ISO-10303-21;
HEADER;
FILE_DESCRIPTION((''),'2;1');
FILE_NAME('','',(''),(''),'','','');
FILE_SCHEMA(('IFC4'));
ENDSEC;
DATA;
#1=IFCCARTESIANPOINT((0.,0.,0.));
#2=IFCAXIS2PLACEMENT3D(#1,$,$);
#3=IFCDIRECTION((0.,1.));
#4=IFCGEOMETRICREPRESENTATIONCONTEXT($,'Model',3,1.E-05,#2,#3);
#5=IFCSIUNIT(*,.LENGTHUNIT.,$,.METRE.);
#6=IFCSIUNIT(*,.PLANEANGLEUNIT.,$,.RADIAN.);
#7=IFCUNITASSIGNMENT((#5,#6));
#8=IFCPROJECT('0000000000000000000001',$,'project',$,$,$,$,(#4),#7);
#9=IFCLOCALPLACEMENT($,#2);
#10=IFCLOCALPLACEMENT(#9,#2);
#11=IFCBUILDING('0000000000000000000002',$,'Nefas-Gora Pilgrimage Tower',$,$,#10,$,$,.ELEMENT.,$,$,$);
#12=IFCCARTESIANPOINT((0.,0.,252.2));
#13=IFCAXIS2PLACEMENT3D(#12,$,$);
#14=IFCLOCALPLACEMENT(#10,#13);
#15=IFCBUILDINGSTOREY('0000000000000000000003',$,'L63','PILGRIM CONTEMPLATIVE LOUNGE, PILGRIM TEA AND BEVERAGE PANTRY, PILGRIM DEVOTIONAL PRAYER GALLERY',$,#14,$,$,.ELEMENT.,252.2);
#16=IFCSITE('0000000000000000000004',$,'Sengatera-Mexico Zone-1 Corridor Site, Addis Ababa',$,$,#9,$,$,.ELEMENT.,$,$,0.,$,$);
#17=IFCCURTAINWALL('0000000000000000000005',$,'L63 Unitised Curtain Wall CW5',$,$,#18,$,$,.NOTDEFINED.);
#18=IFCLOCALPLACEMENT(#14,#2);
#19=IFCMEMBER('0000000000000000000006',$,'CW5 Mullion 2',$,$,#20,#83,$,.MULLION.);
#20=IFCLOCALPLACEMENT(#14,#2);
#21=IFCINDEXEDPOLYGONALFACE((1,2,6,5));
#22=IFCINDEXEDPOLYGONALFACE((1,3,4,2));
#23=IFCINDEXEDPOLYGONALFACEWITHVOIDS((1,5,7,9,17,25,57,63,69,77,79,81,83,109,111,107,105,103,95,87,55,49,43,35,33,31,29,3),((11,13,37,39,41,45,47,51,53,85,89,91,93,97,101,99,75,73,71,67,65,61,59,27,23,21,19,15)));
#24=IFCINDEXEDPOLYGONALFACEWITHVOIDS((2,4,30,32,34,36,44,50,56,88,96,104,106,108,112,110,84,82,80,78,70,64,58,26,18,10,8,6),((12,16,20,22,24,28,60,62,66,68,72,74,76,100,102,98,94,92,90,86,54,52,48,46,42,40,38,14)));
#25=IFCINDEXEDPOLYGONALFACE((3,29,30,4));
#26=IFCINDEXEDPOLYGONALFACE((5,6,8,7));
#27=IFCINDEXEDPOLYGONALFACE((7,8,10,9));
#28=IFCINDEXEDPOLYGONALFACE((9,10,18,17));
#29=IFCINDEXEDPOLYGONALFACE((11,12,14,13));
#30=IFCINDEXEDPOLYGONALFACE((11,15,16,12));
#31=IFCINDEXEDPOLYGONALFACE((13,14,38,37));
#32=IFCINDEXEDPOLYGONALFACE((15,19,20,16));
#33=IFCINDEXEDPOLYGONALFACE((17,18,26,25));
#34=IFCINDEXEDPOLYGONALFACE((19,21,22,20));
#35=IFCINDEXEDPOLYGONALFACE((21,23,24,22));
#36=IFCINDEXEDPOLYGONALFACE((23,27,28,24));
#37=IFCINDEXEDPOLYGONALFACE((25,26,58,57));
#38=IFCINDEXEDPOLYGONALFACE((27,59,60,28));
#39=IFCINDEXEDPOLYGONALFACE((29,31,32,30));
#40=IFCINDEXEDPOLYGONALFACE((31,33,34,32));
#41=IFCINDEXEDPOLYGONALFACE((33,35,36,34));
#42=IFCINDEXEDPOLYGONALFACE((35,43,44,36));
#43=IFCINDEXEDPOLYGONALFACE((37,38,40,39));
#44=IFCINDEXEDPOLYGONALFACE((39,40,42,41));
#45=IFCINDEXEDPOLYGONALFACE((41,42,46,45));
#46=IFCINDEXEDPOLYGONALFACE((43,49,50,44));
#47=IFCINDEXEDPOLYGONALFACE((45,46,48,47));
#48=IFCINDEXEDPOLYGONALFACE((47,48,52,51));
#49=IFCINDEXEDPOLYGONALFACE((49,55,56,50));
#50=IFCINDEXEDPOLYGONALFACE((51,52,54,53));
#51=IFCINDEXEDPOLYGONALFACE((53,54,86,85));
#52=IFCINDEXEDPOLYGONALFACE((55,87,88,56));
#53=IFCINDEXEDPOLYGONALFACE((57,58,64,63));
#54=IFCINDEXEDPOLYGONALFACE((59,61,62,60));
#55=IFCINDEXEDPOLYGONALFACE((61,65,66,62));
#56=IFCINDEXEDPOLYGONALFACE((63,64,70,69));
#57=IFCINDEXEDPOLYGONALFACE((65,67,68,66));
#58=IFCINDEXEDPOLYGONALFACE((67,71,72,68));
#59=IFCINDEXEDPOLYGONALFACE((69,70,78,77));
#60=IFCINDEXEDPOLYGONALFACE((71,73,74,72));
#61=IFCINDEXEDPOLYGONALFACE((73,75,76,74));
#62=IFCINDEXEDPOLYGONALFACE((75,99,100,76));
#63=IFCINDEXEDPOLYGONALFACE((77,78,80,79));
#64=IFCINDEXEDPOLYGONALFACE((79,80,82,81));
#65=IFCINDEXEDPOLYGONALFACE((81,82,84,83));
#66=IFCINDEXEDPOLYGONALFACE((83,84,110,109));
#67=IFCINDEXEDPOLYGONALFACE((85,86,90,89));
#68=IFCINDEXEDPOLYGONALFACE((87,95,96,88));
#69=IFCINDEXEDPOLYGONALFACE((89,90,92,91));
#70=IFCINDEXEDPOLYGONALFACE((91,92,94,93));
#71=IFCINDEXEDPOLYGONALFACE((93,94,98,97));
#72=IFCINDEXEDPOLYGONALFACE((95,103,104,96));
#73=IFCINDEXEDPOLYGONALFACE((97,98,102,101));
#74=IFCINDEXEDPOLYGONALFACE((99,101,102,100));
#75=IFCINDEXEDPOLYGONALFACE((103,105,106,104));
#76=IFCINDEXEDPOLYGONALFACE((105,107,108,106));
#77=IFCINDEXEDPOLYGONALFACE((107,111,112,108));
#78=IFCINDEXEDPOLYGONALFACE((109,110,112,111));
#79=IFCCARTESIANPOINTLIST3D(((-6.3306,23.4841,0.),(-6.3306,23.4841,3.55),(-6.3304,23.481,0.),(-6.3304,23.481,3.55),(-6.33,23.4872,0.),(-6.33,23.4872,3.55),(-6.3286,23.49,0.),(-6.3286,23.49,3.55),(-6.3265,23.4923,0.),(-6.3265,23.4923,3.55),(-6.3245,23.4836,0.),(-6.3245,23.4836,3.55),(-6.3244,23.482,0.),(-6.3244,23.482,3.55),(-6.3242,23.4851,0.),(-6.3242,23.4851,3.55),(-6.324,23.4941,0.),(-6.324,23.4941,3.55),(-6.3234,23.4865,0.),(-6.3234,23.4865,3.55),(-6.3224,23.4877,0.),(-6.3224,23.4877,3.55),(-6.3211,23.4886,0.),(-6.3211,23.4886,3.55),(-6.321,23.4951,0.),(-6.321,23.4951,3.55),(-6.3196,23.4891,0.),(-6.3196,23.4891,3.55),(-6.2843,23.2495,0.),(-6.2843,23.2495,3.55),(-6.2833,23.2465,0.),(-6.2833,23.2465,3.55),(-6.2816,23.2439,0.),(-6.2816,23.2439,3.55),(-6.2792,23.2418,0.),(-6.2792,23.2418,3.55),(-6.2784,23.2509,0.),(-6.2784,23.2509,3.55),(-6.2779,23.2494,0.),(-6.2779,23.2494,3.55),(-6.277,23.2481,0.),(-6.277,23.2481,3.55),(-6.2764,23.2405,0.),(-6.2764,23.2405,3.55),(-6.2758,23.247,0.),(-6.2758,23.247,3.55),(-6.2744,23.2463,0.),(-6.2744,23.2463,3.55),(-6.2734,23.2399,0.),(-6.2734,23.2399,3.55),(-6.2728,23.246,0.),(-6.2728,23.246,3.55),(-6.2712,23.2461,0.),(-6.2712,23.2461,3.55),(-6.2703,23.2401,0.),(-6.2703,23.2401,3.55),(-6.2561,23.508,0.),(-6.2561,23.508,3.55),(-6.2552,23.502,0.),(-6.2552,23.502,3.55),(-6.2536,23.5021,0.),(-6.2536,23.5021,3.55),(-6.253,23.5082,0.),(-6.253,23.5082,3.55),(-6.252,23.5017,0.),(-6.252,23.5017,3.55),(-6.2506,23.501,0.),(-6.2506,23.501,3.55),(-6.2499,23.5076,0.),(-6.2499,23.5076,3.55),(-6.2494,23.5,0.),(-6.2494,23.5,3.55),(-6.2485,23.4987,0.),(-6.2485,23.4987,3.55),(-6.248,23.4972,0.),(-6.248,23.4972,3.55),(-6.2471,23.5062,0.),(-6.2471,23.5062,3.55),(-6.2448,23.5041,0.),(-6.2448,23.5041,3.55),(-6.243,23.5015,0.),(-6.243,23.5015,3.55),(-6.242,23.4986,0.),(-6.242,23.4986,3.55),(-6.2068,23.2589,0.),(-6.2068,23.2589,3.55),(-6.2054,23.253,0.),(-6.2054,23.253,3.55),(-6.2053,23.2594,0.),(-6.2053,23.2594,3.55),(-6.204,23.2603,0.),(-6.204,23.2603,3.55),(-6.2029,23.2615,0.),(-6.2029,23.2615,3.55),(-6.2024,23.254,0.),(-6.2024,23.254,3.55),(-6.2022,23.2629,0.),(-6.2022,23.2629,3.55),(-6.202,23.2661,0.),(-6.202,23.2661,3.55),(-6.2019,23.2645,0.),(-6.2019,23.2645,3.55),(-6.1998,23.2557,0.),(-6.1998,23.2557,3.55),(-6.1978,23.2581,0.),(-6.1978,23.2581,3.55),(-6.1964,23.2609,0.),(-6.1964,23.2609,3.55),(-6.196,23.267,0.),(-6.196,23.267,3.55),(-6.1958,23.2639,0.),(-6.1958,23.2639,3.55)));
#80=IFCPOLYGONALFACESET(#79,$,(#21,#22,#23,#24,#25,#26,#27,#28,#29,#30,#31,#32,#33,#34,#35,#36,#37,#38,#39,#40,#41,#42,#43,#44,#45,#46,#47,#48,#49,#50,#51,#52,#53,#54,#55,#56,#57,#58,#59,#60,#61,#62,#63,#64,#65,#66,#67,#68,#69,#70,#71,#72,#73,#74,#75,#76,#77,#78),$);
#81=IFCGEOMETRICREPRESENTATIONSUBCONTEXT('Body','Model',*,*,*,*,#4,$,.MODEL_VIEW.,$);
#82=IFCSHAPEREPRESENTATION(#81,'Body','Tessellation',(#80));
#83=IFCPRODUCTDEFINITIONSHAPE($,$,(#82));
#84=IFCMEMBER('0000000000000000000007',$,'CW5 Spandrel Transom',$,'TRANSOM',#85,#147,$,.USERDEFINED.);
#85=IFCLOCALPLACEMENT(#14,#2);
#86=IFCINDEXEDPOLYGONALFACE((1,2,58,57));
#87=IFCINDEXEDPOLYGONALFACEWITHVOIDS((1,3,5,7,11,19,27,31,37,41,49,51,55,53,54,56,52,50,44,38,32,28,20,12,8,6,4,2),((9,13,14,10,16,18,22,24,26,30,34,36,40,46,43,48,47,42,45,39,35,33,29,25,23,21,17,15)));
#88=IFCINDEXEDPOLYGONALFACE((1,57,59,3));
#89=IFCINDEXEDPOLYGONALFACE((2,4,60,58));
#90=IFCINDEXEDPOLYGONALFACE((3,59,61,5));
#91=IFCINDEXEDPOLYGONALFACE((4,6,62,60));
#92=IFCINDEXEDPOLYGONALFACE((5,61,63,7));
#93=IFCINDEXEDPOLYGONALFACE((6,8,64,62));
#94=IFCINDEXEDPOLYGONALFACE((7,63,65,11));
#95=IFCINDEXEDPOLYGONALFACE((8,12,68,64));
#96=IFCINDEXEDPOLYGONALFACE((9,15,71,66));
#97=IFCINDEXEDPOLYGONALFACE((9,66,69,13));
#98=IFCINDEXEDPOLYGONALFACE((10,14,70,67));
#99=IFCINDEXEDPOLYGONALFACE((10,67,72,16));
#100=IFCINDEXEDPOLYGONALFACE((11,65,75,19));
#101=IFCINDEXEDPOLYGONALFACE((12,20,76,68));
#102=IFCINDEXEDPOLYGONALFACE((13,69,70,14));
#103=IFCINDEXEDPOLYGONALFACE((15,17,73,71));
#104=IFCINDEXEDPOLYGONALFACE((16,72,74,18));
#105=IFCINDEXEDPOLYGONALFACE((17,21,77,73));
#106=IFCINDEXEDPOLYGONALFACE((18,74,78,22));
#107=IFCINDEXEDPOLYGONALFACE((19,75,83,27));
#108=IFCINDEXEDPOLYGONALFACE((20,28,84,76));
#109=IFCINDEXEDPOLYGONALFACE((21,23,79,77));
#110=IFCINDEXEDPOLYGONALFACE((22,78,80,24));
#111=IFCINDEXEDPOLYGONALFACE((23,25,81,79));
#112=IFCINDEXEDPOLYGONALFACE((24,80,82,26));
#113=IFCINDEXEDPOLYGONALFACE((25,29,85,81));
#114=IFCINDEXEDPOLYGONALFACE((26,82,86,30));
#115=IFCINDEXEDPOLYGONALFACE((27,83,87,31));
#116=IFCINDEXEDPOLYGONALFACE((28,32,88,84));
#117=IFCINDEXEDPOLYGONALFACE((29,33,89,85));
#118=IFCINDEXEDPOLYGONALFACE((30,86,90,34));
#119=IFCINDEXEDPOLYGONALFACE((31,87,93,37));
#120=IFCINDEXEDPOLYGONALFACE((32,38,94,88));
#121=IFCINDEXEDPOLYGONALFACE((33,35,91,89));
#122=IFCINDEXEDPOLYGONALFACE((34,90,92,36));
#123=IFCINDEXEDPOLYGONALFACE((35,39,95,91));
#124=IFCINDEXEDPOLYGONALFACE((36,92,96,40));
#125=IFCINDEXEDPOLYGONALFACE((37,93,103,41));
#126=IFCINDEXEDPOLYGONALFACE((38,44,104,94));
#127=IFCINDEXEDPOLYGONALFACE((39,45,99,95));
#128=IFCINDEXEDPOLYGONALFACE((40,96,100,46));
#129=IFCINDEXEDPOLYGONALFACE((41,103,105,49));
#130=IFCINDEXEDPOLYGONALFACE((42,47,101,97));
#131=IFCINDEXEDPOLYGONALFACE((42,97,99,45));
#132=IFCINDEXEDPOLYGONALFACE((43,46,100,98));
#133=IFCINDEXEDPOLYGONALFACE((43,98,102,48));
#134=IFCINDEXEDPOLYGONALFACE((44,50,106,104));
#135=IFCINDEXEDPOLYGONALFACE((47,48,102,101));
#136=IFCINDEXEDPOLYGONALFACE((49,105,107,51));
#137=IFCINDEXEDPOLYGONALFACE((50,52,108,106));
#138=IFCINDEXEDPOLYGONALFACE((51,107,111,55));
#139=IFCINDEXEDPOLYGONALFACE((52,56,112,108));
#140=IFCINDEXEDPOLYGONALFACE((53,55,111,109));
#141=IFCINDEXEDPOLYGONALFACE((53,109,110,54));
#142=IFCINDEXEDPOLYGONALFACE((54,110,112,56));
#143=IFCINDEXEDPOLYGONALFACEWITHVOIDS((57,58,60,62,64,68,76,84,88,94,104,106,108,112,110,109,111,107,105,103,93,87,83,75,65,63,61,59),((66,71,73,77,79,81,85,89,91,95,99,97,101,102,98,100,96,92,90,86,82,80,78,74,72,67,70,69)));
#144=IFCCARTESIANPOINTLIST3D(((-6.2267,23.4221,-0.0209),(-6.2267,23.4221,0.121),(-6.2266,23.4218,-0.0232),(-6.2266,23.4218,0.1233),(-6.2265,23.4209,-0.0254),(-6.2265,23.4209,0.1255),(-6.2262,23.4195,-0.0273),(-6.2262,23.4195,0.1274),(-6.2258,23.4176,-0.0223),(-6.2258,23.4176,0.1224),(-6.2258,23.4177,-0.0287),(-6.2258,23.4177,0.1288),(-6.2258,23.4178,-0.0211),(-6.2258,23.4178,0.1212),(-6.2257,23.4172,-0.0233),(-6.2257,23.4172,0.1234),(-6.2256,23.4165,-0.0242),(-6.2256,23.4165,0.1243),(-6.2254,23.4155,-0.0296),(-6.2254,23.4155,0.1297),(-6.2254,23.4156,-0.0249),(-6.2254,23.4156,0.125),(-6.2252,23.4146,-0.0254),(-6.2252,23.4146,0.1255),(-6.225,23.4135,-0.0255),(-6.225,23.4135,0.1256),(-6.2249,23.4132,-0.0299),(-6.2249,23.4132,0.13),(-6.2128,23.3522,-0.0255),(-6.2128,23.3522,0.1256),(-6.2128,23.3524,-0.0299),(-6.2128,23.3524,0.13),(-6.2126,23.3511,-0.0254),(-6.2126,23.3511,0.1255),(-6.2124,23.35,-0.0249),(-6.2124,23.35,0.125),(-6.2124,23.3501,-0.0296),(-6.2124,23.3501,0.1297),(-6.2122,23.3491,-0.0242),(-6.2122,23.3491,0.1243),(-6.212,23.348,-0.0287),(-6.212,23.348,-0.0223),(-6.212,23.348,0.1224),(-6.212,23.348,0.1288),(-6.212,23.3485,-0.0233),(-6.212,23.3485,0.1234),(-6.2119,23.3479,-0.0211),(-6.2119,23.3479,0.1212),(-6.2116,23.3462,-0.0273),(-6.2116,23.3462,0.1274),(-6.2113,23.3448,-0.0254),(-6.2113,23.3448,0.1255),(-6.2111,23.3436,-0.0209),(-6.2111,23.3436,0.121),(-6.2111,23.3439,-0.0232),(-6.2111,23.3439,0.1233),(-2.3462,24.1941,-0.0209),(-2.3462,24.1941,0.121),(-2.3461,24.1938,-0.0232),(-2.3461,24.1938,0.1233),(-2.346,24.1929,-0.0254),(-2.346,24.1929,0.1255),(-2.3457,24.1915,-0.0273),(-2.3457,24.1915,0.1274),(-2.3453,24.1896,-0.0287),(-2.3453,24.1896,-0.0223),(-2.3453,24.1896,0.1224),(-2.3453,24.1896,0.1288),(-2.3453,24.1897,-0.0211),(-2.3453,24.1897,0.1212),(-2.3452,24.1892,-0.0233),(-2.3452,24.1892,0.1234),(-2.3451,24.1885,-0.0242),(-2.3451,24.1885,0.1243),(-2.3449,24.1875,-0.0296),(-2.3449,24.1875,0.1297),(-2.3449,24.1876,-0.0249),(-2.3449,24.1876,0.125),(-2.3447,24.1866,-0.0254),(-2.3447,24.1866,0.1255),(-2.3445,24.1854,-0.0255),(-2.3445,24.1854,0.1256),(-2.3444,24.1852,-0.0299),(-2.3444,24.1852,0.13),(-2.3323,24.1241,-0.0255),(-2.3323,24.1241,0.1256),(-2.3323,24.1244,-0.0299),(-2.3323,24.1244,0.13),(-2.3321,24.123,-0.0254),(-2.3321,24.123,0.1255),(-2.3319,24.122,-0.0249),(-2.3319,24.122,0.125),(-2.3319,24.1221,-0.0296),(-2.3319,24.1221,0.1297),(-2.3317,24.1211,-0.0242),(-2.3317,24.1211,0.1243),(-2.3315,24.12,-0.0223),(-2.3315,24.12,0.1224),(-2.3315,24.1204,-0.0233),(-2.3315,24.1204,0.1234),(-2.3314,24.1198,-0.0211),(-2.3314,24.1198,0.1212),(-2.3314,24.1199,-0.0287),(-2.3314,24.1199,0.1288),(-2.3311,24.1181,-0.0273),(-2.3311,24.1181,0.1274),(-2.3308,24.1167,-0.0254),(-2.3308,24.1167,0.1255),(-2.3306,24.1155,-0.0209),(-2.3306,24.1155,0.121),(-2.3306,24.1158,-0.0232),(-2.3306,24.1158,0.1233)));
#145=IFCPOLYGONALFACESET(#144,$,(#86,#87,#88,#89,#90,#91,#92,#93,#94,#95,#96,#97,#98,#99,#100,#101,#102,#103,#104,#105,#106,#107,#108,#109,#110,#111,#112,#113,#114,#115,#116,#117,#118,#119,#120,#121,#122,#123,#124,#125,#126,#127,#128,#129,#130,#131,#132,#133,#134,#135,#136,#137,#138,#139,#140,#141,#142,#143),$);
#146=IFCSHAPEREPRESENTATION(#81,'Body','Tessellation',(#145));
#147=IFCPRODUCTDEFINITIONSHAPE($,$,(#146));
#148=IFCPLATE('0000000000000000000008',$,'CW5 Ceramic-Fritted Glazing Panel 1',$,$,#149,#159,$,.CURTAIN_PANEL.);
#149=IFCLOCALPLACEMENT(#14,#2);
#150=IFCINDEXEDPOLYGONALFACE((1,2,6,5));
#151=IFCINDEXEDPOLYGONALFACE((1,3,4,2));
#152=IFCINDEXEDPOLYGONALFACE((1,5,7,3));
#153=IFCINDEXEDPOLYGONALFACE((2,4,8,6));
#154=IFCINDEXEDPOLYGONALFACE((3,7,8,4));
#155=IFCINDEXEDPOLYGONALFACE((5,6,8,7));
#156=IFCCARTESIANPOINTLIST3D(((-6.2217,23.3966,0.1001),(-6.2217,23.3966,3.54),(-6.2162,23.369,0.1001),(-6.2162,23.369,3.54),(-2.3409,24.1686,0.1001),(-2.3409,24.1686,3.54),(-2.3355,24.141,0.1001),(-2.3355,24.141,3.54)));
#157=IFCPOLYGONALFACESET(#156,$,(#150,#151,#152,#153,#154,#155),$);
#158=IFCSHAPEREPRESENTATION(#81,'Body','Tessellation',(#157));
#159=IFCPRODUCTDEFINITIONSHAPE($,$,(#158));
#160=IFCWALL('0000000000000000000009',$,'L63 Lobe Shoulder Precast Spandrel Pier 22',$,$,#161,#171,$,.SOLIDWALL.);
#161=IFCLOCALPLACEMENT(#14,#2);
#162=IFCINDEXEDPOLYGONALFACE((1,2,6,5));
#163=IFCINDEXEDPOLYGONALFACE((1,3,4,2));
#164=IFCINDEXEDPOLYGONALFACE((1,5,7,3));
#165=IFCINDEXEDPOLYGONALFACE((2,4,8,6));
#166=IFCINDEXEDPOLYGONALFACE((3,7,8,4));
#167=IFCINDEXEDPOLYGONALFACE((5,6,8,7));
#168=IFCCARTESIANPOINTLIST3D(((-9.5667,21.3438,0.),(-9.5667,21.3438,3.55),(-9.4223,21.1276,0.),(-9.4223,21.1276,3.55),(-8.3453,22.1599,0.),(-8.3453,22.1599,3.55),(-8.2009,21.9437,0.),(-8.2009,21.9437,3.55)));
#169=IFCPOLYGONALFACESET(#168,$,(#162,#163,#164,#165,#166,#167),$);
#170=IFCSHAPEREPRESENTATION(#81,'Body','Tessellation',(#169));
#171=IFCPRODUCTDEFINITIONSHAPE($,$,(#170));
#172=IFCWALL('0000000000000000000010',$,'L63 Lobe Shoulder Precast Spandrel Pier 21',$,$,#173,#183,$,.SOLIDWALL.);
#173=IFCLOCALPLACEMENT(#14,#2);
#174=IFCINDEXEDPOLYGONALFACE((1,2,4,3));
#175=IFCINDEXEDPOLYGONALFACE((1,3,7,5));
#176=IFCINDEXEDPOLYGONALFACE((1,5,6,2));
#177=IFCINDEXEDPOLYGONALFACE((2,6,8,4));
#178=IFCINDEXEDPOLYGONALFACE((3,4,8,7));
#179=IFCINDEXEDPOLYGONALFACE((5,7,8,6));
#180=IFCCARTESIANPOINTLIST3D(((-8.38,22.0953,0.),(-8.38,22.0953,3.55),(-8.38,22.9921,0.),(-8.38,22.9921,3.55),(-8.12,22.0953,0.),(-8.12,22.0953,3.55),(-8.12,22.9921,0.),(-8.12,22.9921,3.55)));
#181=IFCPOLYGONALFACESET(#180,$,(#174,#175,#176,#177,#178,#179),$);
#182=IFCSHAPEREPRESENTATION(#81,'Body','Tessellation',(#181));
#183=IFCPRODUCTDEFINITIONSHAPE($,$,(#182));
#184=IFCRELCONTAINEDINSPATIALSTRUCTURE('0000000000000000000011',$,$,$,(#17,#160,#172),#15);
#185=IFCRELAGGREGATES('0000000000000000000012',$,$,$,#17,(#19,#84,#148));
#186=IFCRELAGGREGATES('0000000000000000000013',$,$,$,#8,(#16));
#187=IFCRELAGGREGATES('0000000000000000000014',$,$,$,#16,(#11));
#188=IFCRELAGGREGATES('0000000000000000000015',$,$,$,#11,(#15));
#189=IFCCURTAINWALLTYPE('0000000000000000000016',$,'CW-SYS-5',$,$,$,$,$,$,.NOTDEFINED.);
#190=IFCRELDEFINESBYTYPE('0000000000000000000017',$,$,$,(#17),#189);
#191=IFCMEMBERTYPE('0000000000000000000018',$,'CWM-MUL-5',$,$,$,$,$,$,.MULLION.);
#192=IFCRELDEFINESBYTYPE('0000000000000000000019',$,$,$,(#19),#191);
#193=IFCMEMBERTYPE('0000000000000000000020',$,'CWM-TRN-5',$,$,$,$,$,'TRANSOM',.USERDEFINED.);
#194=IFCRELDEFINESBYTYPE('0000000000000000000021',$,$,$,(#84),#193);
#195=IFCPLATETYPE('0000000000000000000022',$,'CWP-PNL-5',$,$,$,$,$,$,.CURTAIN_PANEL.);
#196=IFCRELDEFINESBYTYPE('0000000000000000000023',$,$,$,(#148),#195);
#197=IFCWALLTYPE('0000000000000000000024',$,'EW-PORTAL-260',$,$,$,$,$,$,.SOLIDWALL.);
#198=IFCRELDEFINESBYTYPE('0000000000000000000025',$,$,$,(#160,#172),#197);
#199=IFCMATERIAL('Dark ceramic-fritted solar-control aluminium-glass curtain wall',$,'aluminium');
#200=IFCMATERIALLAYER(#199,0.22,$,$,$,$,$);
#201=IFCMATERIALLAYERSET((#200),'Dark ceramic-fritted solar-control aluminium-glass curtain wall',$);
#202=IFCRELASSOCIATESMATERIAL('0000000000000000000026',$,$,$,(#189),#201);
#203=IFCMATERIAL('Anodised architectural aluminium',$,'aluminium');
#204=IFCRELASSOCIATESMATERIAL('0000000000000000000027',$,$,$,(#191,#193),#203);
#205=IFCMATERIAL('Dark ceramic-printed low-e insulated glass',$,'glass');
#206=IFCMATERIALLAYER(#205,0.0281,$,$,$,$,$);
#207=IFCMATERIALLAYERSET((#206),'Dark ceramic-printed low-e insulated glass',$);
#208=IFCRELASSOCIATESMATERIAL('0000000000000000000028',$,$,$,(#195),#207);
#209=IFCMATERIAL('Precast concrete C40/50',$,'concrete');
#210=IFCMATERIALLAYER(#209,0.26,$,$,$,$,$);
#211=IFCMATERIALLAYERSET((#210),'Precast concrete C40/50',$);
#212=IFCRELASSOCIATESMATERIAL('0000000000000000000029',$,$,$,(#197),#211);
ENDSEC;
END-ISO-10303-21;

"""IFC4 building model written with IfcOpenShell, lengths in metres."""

from ifc_helpers import new_model, si_unit, direction, frame, frame_2d, origin, origin_2d, place, context, subcontext, project, spatial, rectangle, hollow_rectangle, extrude, source, transform, mapped, material, layer, layer_set, material_profile, profile_set, type_object, element, aggregate, save


model = new_model("IFC4")

# Units and contexts
model_context = context("Model", 3, precision=1e-05, world=origin(), true_north=direction((0.0, 1.0)))
body_context = subcontext(model_context, "Body", "Model", "MODEL_VIEW")
ifc_project = project(units=[si_unit("LENGTHUNIT", "METRE"), si_unit("PLANEANGLEUNIT", "RADIAN")], contexts=[model_context])

# Site, building, storey
site_placement = place(None, origin())
site = spatial("IfcSite", under=ifc_project, at=site_placement, Name="Sengatera-Mexico Zone-1 Corridor Site, Addis Ababa", CompositionType="ELEMENT", RefElevation=0.0)
building_placement = place(site_placement, origin())
building = spatial("IfcBuilding", under=site, at=building_placement, Name="Nefas-Gora Pilgrimage Tower", CompositionType="ELEMENT")
storey_placement = place(building_placement, frame((0.0, 0.0, 252.2)))
storey = spatial("IfcBuildingStorey", under=building, at=storey_placement, Name="L63", Description="PILGRIM CONTEMPLATIVE LOUNGE, PILGRIM TEA AND BEVERAGE PANTRY, PILGRIM DEVOTIONAL PRAYER GALLERY", CompositionType="ELEMENT", Elevation=252.2)

# Shared definitions
ifc_material_1 = material(Name="Dark ceramic-fritted solar-control aluminium-glass curtain wall", Category="aluminium")
ifc_layer_1 = layer(ifc_material_1, 0.22)
ifc_layer_set_1 = layer_set([ifc_layer_1], Name="Dark ceramic-fritted solar-control aluminium-glass curtain wall")
curtain_wall_type = type_object("IfcCurtainWallType", Name="CW-SYS-5", PredefinedType="NOTDEFINED", material=ifc_layer_set_1)
ifc_material_2 = material(Name="Anodised architectural aluminium", Category="aluminium")
ifc_material_profile_1 = material_profile(ifc_material_2, hollow_rectangle(XDim=0.0901, YDim=0.26, WallThickness=0.0061, InnerFilletRadius=0.0061, OuterFilletRadius=0.012, at=origin_2d()), Name="ALU MULLION 90x260")
ifc_profile_set_1 = profile_set([ifc_material_profile_1], Name="Anodised architectural aluminium")
member_type_1 = type_object("IfcMemberType", Name="CWM-MUL-5", PredefinedType="MULLION", material=ifc_profile_set_1)
shared_shape_1 = source(origin(), body_context, "Body", "SweptSolid", [
    extrude(hollow_rectangle(XDim=0.0901, YDim=0.26, WallThickness=0.0061, InnerFilletRadius=0.0061, OuterFilletRadius=0.012, at=origin_2d()), origin(), (0.0, 0.0, 1.0), 3.55),
])

# Curtain wall, members, plate
curtain_wall_1_placement = place(storey_placement, origin())
curtain_wall_1 = element("IfcCurtainWall", 1, at=curtain_wall_1_placement, inside=storey, type_object=curtain_wall_type, Name="L63 Unitised Curtain Wall CW5", PredefinedType="NOTDEFINED")
member_1_placement = place(storey_placement, frame((-6.2632, 23.374, 0.0), z_axis=(0.0, 0.0, 1.0), x_axis=(-0.980783, -0.195102, 0.0)))
member_1 = element("IfcMember", 2, at=member_1_placement, type_object=member_type_1, Name="CW5 Mullion 2", PredefinedType="MULLION", context=body_context, shape_type="MappedRepresentation", body=[
    mapped(shared_shape_1, transform((0.0, 0.0, 0.0), x_axis=(1.0, 0.0, 0.0), y_axis=(0.0, 1.0, 0.0), z_axis=(0.0, 0.0, 1.0), scale=1.0)),
])
ifc_material_profile_2 = material_profile(ifc_material_2, hollow_rectangle(XDim=0.0801, YDim=0.1599, WallThickness=0.0044, InnerFilletRadius=0.0044, OuterFilletRadius=0.009, at=origin_2d()), Name="ALU TRANSOM 80x160")
ifc_profile_set_2 = profile_set([ifc_material_profile_2], Name="Anodised architectural aluminium")
member_type_2 = type_object("IfcMemberType", Name="CWM-TRN-5", ElementType="TRANSOM", PredefinedType="USERDEFINED", material=ifc_profile_set_2)
shared_shape_2 = source(origin(), body_context, "Body", "SweptSolid", [
    extrude(hollow_rectangle(XDim=0.0801, YDim=0.1599, WallThickness=0.0044, InnerFilletRadius=0.0044, OuterFilletRadius=0.009, at=origin_2d()), origin(), (0.0, 0.0, 1.0), 3.9565),
])
member_2_placement = place(storey_placement, frame((-2.3384, 24.1548, 0.05), z_axis=(-0.980782, -0.195107, 0.0), x_axis=(0.195107, -0.980782, 0.0)))
member_2 = element("IfcMember", 3, at=member_2_placement, type_object=member_type_2, Name="CW5 Spandrel Transom", ObjectType="TRANSOM", PredefinedType="USERDEFINED", context=body_context, shape_type="MappedRepresentation", body=[
    mapped(shared_shape_2, transform((0.0, 0.0, 0.0), x_axis=(1.0, 0.0, 0.0), y_axis=(0.0, 1.0, 0.0), z_axis=(0.0, 0.0, 1.0), scale=1.0)),
])
ifc_material_3 = material(Name="Dark ceramic-printed low-e insulated glass", Category="glass")
ifc_layer_2 = layer(ifc_material_3, 0.0281)
ifc_layer_set_2 = layer_set([ifc_layer_2], Name="Dark ceramic-printed low-e insulated glass")
plate_type = type_object("IfcPlateType", Name="CWP-PNL-5", PredefinedType="CURTAIN_PANEL", material=ifc_layer_set_2)
shared_shape_3 = source(origin(), body_context, "Body", "SweptSolid", [
    extrude(rectangle(XDim=3.9568, YDim=0.0281, at=origin_2d()), origin(), (0.0, 0.0, 1.0), 3.4399),
])
plate_placement = place(storey_placement, frame((-4.2786, 23.7688, 0.1001), z_axis=(0.0, 0.0, 1.0), x_axis=(-0.980783, -0.195102, 0.0)))
plate = element("IfcPlate", 4, at=plate_placement, type_object=plate_type, Name="CW5 Ceramic-Fritted Glazing Panel 1", PredefinedType="CURTAIN_PANEL", context=body_context, shape_type="MappedRepresentation", body=[
    mapped(shared_shape_3, transform((0.0, 0.0, 0.0), x_axis=(1.0, 0.0, 0.0), y_axis=(0.0, 1.0, 0.0), z_axis=(0.0, 0.0, 1.0), scale=1.0)),
])
aggregate(curtain_wall_1, [member_1, member_2, plate])

# Walls
ifc_material_4 = material(Name="Precast concrete C40/50", Category="concrete")
ifc_layer_3 = layer(ifc_material_4, 0.26)
ifc_layer_set_3 = layer_set([ifc_layer_3], Name="Precast concrete C40/50")
wall_type_1 = type_object("IfcWallType", Name="EW-PORTAL-260", PredefinedType="SOLIDWALL", material=ifc_layer_set_3)
shared_shape_4 = source(origin(), body_context, "Body", "SweptSolid", [
    extrude(rectangle(XDim=1.469, YDim=0.26, at=frame_2d((0.7344, 0.0))), origin(), (0.0, 0.0, 1.0), 3.55),
])
wall_1_placement = place(storey_placement, frame((-8.2732, 22.0518, 0.0), z_axis=(0.0, 0.0, 1.0), x_axis=(-0.831462, -0.555582, 0.0)))
element("IfcWall", 5, at=wall_1_placement, inside=storey, type_object=wall_type_1, Name="L63 Lobe Shoulder Precast Spandrel Pier 22", PredefinedType="SOLIDWALL", context=body_context, shape_type="MappedRepresentation", body=[
    mapped(shared_shape_4, transform((0.0, 0.0, 0.0), x_axis=(1.0, 0.0, 0.0), y_axis=(0.0, 1.0, 0.0), z_axis=(0.0, 0.0, 1.0), scale=1.0)),
])
shared_shape_5 = source(origin(), body_context, "Body", "SweptSolid", [
    extrude(rectangle(XDim=0.8967, YDim=0.26, at=frame_2d((0.4482, 0.0))), origin(), (0.0, 0.0, 1.0), 3.55),
])
wall_2_placement = place(storey_placement, frame((-8.25, 22.9919, 0.0), z_axis=(0.0, 0.0, 1.0), x_axis=(0.0, -1.0, 0.0)))
element("IfcWall", 6, at=wall_2_placement, inside=storey, type_object=wall_type_1, Name="L63 Lobe Shoulder Precast Spandrel Pier 21", PredefinedType="SOLIDWALL", context=body_context, shape_type="MappedRepresentation", body=[
    mapped(shared_shape_5, transform((0.0, 0.0, 0.0), x_axis=(1.0, 0.0, 0.0), y_axis=(0.0, 1.0, 0.0), z_axis=(0.0, 0.0, 1.0), scale=1.0)),
])

save(model, "model.ifc")
